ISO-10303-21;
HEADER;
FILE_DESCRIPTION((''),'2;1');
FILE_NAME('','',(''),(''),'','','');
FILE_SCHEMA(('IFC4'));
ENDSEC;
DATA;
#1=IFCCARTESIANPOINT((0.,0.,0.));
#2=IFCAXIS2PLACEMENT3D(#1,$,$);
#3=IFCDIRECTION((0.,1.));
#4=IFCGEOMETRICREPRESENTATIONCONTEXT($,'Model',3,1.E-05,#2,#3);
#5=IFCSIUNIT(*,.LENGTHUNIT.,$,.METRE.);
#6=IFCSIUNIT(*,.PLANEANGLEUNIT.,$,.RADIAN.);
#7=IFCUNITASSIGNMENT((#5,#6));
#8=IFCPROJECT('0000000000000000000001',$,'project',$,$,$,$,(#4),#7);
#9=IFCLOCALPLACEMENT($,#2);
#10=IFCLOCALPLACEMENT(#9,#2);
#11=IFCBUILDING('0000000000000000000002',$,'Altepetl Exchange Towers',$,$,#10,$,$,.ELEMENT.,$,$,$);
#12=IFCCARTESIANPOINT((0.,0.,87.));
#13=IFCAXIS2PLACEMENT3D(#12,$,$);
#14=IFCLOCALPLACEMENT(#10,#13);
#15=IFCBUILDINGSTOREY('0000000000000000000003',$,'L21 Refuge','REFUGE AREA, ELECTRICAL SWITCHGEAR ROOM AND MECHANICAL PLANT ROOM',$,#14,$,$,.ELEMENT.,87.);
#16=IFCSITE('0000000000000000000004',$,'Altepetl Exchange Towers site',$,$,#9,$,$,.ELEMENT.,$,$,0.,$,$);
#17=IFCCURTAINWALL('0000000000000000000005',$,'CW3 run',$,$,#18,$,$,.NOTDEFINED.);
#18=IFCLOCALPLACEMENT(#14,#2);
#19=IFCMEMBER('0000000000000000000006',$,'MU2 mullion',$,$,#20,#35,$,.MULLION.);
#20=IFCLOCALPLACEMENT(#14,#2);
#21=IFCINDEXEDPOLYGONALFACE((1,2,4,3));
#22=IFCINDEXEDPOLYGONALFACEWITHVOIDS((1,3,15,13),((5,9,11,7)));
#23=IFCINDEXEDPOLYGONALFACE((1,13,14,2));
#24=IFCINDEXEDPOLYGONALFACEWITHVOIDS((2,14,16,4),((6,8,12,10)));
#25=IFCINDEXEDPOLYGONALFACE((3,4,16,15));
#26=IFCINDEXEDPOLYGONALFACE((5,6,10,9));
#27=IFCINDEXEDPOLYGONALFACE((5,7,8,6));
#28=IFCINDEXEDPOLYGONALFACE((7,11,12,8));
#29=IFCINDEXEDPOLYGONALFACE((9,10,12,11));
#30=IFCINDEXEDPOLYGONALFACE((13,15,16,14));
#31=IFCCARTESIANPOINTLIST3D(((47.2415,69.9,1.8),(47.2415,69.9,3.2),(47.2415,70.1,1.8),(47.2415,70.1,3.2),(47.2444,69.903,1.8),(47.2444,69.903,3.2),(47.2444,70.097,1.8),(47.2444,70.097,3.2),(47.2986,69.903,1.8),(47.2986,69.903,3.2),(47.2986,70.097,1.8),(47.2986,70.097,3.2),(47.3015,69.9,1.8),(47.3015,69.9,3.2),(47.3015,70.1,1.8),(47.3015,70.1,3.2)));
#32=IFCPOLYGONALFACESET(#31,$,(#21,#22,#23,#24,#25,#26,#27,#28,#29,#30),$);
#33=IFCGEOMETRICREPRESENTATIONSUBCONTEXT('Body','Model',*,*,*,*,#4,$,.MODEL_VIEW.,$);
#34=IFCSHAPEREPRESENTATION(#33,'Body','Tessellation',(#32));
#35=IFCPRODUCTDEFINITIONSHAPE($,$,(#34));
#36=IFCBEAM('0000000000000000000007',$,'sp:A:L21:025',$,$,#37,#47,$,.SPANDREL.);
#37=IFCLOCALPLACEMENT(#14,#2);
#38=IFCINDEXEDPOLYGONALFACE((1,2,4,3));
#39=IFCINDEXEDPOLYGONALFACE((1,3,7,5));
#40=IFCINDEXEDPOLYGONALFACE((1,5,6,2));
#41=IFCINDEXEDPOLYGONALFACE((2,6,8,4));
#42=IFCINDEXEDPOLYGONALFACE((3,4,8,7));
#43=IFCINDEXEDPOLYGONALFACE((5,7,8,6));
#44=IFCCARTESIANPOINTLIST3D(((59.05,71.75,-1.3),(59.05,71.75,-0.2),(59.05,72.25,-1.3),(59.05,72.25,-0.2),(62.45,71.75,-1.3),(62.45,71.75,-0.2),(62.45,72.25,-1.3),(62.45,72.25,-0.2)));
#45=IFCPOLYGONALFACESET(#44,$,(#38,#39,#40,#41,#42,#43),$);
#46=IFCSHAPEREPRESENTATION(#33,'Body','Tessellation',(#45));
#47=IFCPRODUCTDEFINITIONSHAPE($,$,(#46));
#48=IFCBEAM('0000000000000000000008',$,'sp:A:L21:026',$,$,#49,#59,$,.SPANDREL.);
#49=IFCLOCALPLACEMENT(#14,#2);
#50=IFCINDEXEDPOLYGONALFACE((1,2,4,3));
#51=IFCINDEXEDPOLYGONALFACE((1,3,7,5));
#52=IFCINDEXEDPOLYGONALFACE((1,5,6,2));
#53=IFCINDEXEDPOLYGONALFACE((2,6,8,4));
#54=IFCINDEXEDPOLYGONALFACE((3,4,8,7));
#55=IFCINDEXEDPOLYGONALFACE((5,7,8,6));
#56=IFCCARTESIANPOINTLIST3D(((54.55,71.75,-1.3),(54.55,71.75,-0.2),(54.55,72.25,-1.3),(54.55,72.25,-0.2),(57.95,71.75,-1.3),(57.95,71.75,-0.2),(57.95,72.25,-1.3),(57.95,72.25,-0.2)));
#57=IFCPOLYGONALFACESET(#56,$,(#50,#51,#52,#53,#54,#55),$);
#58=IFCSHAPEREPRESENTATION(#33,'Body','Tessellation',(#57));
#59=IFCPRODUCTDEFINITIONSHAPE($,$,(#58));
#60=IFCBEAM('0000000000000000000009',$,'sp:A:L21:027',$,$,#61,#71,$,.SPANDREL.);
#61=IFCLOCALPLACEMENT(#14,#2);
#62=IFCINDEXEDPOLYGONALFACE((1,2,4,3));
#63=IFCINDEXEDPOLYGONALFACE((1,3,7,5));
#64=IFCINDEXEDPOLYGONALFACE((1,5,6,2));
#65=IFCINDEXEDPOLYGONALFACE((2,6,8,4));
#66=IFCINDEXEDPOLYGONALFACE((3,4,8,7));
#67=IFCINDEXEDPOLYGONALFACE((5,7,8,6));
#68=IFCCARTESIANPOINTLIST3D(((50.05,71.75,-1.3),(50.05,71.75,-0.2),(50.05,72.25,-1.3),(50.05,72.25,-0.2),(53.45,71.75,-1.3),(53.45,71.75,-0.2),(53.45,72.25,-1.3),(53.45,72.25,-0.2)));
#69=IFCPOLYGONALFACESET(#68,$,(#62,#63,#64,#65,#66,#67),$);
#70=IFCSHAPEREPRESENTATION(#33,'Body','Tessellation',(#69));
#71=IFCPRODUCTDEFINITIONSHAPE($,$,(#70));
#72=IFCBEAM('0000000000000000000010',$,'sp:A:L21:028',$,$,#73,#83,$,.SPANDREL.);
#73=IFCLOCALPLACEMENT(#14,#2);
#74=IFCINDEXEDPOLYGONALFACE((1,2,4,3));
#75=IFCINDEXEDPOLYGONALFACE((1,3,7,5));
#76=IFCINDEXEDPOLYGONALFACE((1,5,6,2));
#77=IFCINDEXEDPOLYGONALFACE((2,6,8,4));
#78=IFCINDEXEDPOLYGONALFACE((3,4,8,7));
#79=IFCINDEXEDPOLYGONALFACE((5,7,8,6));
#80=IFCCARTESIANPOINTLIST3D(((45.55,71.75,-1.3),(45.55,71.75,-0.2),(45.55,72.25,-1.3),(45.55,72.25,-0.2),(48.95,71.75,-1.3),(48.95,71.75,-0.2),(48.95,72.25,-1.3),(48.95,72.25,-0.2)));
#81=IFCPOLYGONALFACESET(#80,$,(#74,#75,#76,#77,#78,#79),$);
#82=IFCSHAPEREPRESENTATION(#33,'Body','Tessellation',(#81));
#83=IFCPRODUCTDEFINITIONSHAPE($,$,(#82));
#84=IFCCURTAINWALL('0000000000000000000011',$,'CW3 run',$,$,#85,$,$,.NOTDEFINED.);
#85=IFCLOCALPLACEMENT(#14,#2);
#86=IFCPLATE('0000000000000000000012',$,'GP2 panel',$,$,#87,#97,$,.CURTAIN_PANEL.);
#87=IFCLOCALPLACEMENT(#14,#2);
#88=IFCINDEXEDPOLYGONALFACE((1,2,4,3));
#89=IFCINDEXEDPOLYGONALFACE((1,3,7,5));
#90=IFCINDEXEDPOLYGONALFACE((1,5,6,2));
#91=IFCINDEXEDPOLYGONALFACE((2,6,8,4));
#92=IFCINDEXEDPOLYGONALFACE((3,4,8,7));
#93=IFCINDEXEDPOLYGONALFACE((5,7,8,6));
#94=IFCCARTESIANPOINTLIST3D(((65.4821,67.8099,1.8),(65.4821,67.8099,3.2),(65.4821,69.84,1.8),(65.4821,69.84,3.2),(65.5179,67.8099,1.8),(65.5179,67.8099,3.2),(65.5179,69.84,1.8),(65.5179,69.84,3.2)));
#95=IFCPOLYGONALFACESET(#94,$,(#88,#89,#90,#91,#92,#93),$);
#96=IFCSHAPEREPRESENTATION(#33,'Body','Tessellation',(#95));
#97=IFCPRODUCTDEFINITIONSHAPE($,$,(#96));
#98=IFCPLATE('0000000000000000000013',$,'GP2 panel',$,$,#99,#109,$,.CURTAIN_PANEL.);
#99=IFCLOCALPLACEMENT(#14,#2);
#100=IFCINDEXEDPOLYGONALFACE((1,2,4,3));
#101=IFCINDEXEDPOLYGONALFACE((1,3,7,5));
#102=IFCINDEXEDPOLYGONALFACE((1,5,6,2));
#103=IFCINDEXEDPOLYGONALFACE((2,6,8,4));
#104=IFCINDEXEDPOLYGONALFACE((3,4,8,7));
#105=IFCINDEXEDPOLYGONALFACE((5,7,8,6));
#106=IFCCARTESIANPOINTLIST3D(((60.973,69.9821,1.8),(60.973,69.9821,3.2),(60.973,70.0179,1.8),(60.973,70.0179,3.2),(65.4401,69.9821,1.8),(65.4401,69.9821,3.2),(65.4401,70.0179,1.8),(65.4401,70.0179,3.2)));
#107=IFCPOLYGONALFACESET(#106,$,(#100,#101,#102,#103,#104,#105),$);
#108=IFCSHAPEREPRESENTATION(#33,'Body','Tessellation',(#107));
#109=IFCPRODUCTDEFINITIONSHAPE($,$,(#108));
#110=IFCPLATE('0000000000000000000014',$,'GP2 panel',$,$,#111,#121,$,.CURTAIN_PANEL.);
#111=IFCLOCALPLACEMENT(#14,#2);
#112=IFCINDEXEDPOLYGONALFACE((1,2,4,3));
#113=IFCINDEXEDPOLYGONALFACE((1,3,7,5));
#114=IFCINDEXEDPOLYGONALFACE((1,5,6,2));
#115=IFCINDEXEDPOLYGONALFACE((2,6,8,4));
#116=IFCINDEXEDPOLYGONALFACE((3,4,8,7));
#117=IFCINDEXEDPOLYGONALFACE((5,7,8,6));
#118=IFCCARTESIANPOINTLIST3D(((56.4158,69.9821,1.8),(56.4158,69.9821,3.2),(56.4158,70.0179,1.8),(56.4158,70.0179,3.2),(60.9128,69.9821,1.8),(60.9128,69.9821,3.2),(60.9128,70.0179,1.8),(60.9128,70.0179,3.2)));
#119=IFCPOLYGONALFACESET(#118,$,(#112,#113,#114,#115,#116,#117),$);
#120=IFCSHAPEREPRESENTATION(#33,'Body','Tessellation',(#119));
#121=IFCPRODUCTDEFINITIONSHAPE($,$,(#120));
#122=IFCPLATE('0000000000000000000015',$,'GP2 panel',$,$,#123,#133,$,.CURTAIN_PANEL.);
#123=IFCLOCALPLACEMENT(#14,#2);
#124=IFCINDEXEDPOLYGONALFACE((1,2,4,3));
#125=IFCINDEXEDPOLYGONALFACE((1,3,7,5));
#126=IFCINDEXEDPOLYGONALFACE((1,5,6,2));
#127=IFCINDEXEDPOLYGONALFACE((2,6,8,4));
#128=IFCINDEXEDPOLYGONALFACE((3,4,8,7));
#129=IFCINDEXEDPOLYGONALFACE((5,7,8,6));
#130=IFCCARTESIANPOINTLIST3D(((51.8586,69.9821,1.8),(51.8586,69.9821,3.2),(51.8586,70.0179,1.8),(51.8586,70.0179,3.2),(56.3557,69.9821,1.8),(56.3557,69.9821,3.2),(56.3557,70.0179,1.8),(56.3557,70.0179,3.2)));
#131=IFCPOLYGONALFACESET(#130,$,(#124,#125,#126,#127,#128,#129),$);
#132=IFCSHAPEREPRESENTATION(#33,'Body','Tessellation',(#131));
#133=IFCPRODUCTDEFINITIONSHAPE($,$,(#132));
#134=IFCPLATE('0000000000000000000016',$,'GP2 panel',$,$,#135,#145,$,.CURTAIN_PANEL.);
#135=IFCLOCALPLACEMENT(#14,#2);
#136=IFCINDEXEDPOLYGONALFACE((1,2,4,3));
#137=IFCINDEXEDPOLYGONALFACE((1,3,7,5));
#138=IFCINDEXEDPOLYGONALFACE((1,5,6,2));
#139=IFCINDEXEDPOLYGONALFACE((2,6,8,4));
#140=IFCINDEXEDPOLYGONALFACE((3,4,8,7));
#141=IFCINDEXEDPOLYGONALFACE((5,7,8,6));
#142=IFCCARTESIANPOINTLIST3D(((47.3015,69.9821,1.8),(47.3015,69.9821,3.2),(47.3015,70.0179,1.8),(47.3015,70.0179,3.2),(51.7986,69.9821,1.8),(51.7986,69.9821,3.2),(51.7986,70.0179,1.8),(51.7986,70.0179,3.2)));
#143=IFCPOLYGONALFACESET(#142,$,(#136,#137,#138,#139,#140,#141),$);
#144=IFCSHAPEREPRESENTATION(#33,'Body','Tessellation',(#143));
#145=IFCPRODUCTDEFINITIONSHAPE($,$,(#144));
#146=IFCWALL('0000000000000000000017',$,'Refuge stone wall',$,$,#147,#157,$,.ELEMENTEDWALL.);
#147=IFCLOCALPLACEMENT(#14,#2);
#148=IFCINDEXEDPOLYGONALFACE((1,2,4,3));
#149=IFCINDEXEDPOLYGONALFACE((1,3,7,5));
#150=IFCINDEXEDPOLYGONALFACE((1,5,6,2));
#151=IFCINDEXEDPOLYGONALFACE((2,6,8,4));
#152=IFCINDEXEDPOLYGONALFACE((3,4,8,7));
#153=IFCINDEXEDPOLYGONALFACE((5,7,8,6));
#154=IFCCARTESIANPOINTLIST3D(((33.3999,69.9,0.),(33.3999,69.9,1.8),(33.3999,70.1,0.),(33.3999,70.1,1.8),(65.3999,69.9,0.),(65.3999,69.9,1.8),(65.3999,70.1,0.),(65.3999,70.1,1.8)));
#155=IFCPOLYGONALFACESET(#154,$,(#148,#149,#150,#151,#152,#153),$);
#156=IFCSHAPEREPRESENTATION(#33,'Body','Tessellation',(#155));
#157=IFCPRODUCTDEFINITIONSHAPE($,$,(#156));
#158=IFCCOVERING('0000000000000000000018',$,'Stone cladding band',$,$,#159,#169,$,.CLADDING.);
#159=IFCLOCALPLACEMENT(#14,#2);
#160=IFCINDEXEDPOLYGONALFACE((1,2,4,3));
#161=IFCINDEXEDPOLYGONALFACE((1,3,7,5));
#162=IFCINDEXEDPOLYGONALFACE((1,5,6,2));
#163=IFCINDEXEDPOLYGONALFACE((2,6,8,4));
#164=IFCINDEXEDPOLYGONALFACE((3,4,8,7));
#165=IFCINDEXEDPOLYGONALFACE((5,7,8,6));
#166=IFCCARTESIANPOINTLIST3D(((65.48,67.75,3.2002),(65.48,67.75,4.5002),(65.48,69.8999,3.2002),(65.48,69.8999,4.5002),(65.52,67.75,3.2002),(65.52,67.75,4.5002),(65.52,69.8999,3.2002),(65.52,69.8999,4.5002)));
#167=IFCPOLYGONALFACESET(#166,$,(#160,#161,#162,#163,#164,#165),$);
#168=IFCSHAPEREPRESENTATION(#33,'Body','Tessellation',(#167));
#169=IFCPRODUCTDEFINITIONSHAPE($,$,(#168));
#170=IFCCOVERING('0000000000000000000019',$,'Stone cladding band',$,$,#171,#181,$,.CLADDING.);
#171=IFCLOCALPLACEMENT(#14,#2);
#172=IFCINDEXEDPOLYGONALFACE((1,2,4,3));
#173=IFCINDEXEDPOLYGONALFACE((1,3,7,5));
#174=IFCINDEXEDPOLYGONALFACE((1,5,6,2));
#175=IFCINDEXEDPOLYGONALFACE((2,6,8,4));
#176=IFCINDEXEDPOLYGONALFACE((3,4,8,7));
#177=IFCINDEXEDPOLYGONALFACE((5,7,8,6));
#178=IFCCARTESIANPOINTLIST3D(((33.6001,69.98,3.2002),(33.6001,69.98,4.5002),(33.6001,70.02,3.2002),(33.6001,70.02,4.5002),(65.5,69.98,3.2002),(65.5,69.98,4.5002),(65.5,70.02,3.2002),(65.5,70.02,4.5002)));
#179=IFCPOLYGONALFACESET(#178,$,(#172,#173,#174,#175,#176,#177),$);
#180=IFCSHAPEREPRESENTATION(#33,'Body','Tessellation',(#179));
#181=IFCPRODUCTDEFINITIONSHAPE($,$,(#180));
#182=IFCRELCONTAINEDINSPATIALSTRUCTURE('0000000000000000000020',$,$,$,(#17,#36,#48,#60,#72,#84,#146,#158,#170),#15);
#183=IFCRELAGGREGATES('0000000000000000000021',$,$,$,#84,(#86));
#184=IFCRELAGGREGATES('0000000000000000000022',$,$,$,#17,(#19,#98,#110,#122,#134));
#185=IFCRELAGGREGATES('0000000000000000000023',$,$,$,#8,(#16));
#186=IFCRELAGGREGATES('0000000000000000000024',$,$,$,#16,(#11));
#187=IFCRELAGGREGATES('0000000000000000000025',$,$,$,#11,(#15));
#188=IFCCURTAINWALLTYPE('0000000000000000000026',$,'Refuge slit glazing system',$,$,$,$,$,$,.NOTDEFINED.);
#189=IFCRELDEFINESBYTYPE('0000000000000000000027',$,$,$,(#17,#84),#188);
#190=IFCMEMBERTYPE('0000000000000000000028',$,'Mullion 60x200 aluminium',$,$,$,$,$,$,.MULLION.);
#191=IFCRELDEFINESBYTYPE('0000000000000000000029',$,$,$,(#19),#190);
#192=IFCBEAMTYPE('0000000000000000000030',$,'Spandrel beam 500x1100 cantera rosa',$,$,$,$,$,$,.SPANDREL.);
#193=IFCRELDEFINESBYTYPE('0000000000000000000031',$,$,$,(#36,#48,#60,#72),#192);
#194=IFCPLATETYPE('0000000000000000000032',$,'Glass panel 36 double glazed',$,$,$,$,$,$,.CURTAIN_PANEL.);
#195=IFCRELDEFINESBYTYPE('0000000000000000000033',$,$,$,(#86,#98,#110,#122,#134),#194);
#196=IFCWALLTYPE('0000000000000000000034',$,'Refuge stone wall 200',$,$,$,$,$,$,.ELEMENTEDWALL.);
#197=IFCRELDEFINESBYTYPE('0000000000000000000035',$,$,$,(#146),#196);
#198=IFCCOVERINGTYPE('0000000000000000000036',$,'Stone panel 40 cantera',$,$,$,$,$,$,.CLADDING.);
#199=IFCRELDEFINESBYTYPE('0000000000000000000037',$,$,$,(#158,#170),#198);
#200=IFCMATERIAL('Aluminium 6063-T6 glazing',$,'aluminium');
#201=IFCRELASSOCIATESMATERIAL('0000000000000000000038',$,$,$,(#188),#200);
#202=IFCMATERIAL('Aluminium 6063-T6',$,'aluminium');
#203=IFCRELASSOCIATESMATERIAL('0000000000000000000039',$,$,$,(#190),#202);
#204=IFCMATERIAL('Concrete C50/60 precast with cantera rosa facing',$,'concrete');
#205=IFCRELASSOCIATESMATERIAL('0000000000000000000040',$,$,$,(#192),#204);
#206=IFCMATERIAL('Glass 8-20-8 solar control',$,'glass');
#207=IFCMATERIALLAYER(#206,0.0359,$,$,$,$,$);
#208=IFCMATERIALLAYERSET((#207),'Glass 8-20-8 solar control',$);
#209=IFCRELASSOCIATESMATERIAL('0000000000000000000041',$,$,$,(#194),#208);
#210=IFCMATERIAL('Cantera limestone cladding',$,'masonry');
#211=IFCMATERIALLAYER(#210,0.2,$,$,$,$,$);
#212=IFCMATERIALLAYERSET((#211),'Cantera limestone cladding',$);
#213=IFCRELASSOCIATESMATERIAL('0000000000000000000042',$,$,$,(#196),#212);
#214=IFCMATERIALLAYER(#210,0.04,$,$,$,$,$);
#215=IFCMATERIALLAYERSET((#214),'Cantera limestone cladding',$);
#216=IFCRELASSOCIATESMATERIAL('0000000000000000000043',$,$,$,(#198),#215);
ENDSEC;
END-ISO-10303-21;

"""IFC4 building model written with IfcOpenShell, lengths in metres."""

from ifc_helpers import new_model, si_unit, direction, frame, frame_2d, origin, origin_2d, place, context, subcontext, project, spatial, rectangle, hollow_rectangle, extrude, material, layer, layer_set, material_profile, profile_set, type_object, element, aggregate, save


model = new_model("IFC4")

# Units and contexts
model_context = context("Model", 3, precision=1e-05, world=origin(), true_north=direction((0.0, 1.0)))
body_context = subcontext(model_context, "Body", "Model", "MODEL_VIEW")
ifc_project = project(units=[si_unit("LENGTHUNIT", "METRE"), si_unit("PLANEANGLEUNIT", "RADIAN")], contexts=[model_context])

# Site, building, storey
site_placement = place(None, origin())
site = spatial("IfcSite", under=ifc_project, at=site_placement, Name="Altepetl Exchange Towers site", CompositionType="ELEMENT", RefElevation=0.0)
building_placement = place(site_placement, origin())
building = spatial("IfcBuilding", under=site, at=building_placement, Name="Altepetl Exchange Towers", CompositionType="ELEMENT")
storey_placement = place(building_placement, frame((0.0, 0.0, 87.0)))
storey = spatial("IfcBuildingStorey", under=building, at=storey_placement, Name="L21 Refuge", Description="REFUGE AREA, ELECTRICAL SWITCHGEAR ROOM AND MECHANICAL PLANT ROOM", CompositionType="ELEMENT", Elevation=87.0)

# Curtain wall, member
ifc_material_1 = material(Name="Aluminium 6063-T6 glazing", Category="aluminium")
curtain_wall_type = type_object("IfcCurtainWallType", Name="Refuge slit glazing system", PredefinedType="NOTDEFINED", material=ifc_material_1)
curtain_wall_1_placement = place(storey_placement, origin())
curtain_wall_1 = element("IfcCurtainWall", 1, at=curtain_wall_1_placement, inside=storey, type_object=curtain_wall_type, Name="CW3 run", PredefinedType="NOTDEFINED")
ifc_material_2 = material(Name="Aluminium 6063-T6", Category="aluminium")
ifc_material_profile_1 = material_profile(ifc_material_2, hollow_rectangle(XDim=0.0601, YDim=0.2, WallThickness=0.0029, at=origin_2d()), Name="Mullion 60x200 aluminium")
ifc_profile_set_1 = profile_set([ifc_material_profile_1], Name="Aluminium 6063-T6")
member_type_1 = type_object("IfcMemberType", Name="Mullion 60x200 aluminium", PredefinedType="MULLION", material=ifc_profile_set_1)
member_1_placement = place(storey_placement, frame((47.2715, 70.0, 1.8), z_axis=(0.0, 0.0, 1.0), x_axis=(-1.0, 0.0, 0.0)))
member_1 = element("IfcMember", 2, at=member_1_placement, type_object=member_type_1, Name="MU2 mullion", PredefinedType="MULLION", context=body_context, shape_type="SweptSolid", body=[
    extrude(hollow_rectangle(XDim=0.0601, YDim=0.2, WallThickness=0.0029, at=origin_2d()), origin(), (0.0, 0.0, 1.0), 1.3999),
])

# Beams
ifc_material_3 = material(Name="Concrete C50/60 precast with cantera rosa facing", Category="concrete")
ifc_material_profile_2 = material_profile(ifc_material_3, rectangle(XDim=0.5, YDim=1.1001, at=origin_2d()), Name="500 x 1100")
ifc_profile_set_2 = profile_set([ifc_material_profile_2], Name="Concrete C50/60 precast with cantera rosa facing")
beam_type = type_object("IfcBeamType", Name="Spandrel beam 500x1100 cantera rosa", PredefinedType="SPANDREL", material=ifc_profile_set_2)
for number, where, z_axis, x_axis, name in (
    (3, (62.45, 72.0, -0.75), (-1.0, 0.0, 0.0), (0.0, -1.0, 0.0), "sp:A:L21:025"),
    (4, (57.95, 72.0, -0.75), (-1.0, 0.0, 0.0), (0.0, -1.0, 0.0), "sp:A:L21:026"),
    (5, (53.45, 72.0, -0.75), (-1.0, 0.0, 0.0), (0.0, -1.0, 0.0), "sp:A:L21:027"),
    (6, (48.95, 72.0, -0.75), (-1.0, 0.0, 0.0), (0.0, -1.0, 0.0), "sp:A:L21:028"),
):
    element("IfcBeam", number, at=place(storey_placement, frame(where, z_axis=z_axis, x_axis=x_axis)), inside=storey, type_object=beam_type, Name=name, PredefinedType="SPANDREL", context=body_context, shape_type="SweptSolid", body=[
        extrude(rectangle(XDim=0.5, YDim=1.1001, at=origin_2d()), origin(), (0.0, 0.0, 1.0), 3.3999),
    ])

# Curtain wall, plate
curtain_wall_2_placement = place(storey_placement, origin())
curtain_wall_2 = element("IfcCurtainWall", 7, at=curtain_wall_2_placement, inside=storey, type_object=curtain_wall_type, Name="CW3 run", PredefinedType="NOTDEFINED")
ifc_material_4 = material(Name="Glass 8-20-8 solar control", Category="glass")
ifc_layer_1 = layer(ifc_material_4, 0.0359)
ifc_layer_set_1 = layer_set([ifc_layer_1], Name="Glass 8-20-8 solar control")
plate_type = type_object("IfcPlateType", Name="Glass panel 36 double glazed", PredefinedType="CURTAIN_PANEL", material=ifc_layer_set_1)
plate_1_placement = place(storey_placement, frame((65.5, 68.825, 1.8), z_axis=(0.0, 0.0, 1.0), x_axis=(0.0, 1.0, 0.0)))
plate_1 = element("IfcPlate", 8, at=plate_1_placement, type_object=plate_type, Name="GP2 panel", PredefinedType="CURTAIN_PANEL", context=body_context, shape_type="SweptSolid", body=[
    extrude(rectangle(XDim=2.03, YDim=0.0359, at=origin_2d()), origin(), (0.0, 0.0, 1.0), 1.3999),
])
aggregate(curtain_wall_2, [plate_1])

# Plates
plate_2_placement = place(storey_placement, frame((63.2065, 70.0, 1.8), z_axis=(0.0, 0.0, 1.0), x_axis=(-1.0, 0.0, 0.0)))
plate_2 = element("IfcPlate", 9, at=plate_2_placement, type_object=plate_type, Name="GP2 panel", PredefinedType="CURTAIN_PANEL", context=body_context, shape_type="SweptSolid", body=[
    extrude(rectangle(XDim=4.467, YDim=0.0359, at=origin_2d()), origin(), (0.0, 0.0, 1.0), 1.3999),
])
plate_3_placement = place(storey_placement, frame((58.6643, 70.0, 1.8), z_axis=(0.0, 0.0, 1.0), x_axis=(-1.0, 0.0, 0.0)))
plate_3 = element("IfcPlate", 10, at=plate_3_placement, type_object=plate_type, Name="GP2 panel", PredefinedType="CURTAIN_PANEL", context=body_context, shape_type="SweptSolid", body=[
    extrude(rectangle(XDim=4.4971, YDim=0.0359, at=origin_2d()), origin(), (0.0, 0.0, 1.0), 1.3999),
])
plate_4_placement = place(storey_placement, frame((54.1072, 70.0, 1.8), z_axis=(0.0, 0.0, 1.0), x_axis=(-1.0, 0.0, 0.0)))
plate_4 = element("IfcPlate", 11, at=plate_4_placement, type_object=plate_type, Name="GP2 panel", PredefinedType="CURTAIN_PANEL", context=body_context, shape_type="SweptSolid", body=[
    extrude(rectangle(XDim=4.4971, YDim=0.0359, at=origin_2d()), origin(), (0.0, 0.0, 1.0), 1.3999),
])
plate_5_placement = place(storey_placement, frame((49.55, 70.0, 1.8), z_axis=(0.0, 0.0, 1.0), x_axis=(-1.0, 0.0, 0.0)))
plate_5 = element("IfcPlate", 12, at=plate_5_placement, type_object=plate_type, Name="GP2 panel", PredefinedType="CURTAIN_PANEL", context=body_context, shape_type="SweptSolid", body=[
    extrude(rectangle(XDim=4.4971, YDim=0.0359, at=origin_2d()), origin(), (0.0, 0.0, 1.0), 1.3999),
])
aggregate(curtain_wall_1, [member_1, plate_2, plate_3, plate_4, plate_5])

# Wall
ifc_material_5 = material(Name="Cantera limestone cladding", Category="masonry")
ifc_layer_2 = layer(ifc_material_5, 0.2)
ifc_layer_set_2 = layer_set([ifc_layer_2], Name="Cantera limestone cladding")
wall_type = type_object("IfcWallType", Name="Refuge stone wall 200", PredefinedType="ELEMENTEDWALL", material=ifc_layer_set_2)
wall_placement = place(storey_placement, frame((65.3999, 70.0, 0.0), z_axis=(0.0, 0.0, 1.0), x_axis=(-1.0, 0.0, 0.0)))
element("IfcWall", 13, at=wall_placement, inside=storey, type_object=wall_type, Name="Refuge stone wall", PredefinedType="ELEMENTEDWALL", context=body_context, shape_type="SweptSolid", body=[
    extrude(rectangle(XDim=32.0, YDim=0.2, at=frame_2d((16.0, 0.0))), origin(), (0.0, 0.0, 1.0), 1.8),
])

# Coverings
ifc_layer_3 = layer(ifc_material_5, 0.04)
ifc_layer_set_3 = layer_set([ifc_layer_3], Name="Cantera limestone cladding")
covering_type = type_object("IfcCoveringType", Name="Stone panel 40 cantera", PredefinedType="CLADDING", material=ifc_layer_set_3)
covering_1_placement = place(storey_placement, frame((65.5, 68.825, 3.2002), z_axis=(0.0, 0.0, 1.0), x_axis=(0.0, 1.0, 0.0)))
element("IfcCovering", 14, at=covering_1_placement, inside=storey, type_object=covering_type, Name="Stone cladding band", PredefinedType="CLADDING", context=body_context, shape_type="SweptSolid", body=[
    extrude(rectangle(XDim=2.1499, YDim=0.04, at=origin_2d()), origin(), (0.0, 0.0, 1.0), 1.3),
])
covering_2_placement = place(storey_placement, frame((49.55, 70.0, 3.2002), z_axis=(0.0, 0.0, 1.0), x_axis=(-1.0, 0.0, 0.0)))
element("IfcCovering", 15, at=covering_2_placement, inside=storey, type_object=covering_type, Name="Stone cladding band", PredefinedType="CLADDING", context=body_context, shape_type="SweptSolid", body=[
    extrude(rectangle(XDim=31.8999, YDim=0.04, at=origin_2d()), origin(), (0.0, 0.0, 1.0), 1.3),
])

save(model, "model.ifc")
